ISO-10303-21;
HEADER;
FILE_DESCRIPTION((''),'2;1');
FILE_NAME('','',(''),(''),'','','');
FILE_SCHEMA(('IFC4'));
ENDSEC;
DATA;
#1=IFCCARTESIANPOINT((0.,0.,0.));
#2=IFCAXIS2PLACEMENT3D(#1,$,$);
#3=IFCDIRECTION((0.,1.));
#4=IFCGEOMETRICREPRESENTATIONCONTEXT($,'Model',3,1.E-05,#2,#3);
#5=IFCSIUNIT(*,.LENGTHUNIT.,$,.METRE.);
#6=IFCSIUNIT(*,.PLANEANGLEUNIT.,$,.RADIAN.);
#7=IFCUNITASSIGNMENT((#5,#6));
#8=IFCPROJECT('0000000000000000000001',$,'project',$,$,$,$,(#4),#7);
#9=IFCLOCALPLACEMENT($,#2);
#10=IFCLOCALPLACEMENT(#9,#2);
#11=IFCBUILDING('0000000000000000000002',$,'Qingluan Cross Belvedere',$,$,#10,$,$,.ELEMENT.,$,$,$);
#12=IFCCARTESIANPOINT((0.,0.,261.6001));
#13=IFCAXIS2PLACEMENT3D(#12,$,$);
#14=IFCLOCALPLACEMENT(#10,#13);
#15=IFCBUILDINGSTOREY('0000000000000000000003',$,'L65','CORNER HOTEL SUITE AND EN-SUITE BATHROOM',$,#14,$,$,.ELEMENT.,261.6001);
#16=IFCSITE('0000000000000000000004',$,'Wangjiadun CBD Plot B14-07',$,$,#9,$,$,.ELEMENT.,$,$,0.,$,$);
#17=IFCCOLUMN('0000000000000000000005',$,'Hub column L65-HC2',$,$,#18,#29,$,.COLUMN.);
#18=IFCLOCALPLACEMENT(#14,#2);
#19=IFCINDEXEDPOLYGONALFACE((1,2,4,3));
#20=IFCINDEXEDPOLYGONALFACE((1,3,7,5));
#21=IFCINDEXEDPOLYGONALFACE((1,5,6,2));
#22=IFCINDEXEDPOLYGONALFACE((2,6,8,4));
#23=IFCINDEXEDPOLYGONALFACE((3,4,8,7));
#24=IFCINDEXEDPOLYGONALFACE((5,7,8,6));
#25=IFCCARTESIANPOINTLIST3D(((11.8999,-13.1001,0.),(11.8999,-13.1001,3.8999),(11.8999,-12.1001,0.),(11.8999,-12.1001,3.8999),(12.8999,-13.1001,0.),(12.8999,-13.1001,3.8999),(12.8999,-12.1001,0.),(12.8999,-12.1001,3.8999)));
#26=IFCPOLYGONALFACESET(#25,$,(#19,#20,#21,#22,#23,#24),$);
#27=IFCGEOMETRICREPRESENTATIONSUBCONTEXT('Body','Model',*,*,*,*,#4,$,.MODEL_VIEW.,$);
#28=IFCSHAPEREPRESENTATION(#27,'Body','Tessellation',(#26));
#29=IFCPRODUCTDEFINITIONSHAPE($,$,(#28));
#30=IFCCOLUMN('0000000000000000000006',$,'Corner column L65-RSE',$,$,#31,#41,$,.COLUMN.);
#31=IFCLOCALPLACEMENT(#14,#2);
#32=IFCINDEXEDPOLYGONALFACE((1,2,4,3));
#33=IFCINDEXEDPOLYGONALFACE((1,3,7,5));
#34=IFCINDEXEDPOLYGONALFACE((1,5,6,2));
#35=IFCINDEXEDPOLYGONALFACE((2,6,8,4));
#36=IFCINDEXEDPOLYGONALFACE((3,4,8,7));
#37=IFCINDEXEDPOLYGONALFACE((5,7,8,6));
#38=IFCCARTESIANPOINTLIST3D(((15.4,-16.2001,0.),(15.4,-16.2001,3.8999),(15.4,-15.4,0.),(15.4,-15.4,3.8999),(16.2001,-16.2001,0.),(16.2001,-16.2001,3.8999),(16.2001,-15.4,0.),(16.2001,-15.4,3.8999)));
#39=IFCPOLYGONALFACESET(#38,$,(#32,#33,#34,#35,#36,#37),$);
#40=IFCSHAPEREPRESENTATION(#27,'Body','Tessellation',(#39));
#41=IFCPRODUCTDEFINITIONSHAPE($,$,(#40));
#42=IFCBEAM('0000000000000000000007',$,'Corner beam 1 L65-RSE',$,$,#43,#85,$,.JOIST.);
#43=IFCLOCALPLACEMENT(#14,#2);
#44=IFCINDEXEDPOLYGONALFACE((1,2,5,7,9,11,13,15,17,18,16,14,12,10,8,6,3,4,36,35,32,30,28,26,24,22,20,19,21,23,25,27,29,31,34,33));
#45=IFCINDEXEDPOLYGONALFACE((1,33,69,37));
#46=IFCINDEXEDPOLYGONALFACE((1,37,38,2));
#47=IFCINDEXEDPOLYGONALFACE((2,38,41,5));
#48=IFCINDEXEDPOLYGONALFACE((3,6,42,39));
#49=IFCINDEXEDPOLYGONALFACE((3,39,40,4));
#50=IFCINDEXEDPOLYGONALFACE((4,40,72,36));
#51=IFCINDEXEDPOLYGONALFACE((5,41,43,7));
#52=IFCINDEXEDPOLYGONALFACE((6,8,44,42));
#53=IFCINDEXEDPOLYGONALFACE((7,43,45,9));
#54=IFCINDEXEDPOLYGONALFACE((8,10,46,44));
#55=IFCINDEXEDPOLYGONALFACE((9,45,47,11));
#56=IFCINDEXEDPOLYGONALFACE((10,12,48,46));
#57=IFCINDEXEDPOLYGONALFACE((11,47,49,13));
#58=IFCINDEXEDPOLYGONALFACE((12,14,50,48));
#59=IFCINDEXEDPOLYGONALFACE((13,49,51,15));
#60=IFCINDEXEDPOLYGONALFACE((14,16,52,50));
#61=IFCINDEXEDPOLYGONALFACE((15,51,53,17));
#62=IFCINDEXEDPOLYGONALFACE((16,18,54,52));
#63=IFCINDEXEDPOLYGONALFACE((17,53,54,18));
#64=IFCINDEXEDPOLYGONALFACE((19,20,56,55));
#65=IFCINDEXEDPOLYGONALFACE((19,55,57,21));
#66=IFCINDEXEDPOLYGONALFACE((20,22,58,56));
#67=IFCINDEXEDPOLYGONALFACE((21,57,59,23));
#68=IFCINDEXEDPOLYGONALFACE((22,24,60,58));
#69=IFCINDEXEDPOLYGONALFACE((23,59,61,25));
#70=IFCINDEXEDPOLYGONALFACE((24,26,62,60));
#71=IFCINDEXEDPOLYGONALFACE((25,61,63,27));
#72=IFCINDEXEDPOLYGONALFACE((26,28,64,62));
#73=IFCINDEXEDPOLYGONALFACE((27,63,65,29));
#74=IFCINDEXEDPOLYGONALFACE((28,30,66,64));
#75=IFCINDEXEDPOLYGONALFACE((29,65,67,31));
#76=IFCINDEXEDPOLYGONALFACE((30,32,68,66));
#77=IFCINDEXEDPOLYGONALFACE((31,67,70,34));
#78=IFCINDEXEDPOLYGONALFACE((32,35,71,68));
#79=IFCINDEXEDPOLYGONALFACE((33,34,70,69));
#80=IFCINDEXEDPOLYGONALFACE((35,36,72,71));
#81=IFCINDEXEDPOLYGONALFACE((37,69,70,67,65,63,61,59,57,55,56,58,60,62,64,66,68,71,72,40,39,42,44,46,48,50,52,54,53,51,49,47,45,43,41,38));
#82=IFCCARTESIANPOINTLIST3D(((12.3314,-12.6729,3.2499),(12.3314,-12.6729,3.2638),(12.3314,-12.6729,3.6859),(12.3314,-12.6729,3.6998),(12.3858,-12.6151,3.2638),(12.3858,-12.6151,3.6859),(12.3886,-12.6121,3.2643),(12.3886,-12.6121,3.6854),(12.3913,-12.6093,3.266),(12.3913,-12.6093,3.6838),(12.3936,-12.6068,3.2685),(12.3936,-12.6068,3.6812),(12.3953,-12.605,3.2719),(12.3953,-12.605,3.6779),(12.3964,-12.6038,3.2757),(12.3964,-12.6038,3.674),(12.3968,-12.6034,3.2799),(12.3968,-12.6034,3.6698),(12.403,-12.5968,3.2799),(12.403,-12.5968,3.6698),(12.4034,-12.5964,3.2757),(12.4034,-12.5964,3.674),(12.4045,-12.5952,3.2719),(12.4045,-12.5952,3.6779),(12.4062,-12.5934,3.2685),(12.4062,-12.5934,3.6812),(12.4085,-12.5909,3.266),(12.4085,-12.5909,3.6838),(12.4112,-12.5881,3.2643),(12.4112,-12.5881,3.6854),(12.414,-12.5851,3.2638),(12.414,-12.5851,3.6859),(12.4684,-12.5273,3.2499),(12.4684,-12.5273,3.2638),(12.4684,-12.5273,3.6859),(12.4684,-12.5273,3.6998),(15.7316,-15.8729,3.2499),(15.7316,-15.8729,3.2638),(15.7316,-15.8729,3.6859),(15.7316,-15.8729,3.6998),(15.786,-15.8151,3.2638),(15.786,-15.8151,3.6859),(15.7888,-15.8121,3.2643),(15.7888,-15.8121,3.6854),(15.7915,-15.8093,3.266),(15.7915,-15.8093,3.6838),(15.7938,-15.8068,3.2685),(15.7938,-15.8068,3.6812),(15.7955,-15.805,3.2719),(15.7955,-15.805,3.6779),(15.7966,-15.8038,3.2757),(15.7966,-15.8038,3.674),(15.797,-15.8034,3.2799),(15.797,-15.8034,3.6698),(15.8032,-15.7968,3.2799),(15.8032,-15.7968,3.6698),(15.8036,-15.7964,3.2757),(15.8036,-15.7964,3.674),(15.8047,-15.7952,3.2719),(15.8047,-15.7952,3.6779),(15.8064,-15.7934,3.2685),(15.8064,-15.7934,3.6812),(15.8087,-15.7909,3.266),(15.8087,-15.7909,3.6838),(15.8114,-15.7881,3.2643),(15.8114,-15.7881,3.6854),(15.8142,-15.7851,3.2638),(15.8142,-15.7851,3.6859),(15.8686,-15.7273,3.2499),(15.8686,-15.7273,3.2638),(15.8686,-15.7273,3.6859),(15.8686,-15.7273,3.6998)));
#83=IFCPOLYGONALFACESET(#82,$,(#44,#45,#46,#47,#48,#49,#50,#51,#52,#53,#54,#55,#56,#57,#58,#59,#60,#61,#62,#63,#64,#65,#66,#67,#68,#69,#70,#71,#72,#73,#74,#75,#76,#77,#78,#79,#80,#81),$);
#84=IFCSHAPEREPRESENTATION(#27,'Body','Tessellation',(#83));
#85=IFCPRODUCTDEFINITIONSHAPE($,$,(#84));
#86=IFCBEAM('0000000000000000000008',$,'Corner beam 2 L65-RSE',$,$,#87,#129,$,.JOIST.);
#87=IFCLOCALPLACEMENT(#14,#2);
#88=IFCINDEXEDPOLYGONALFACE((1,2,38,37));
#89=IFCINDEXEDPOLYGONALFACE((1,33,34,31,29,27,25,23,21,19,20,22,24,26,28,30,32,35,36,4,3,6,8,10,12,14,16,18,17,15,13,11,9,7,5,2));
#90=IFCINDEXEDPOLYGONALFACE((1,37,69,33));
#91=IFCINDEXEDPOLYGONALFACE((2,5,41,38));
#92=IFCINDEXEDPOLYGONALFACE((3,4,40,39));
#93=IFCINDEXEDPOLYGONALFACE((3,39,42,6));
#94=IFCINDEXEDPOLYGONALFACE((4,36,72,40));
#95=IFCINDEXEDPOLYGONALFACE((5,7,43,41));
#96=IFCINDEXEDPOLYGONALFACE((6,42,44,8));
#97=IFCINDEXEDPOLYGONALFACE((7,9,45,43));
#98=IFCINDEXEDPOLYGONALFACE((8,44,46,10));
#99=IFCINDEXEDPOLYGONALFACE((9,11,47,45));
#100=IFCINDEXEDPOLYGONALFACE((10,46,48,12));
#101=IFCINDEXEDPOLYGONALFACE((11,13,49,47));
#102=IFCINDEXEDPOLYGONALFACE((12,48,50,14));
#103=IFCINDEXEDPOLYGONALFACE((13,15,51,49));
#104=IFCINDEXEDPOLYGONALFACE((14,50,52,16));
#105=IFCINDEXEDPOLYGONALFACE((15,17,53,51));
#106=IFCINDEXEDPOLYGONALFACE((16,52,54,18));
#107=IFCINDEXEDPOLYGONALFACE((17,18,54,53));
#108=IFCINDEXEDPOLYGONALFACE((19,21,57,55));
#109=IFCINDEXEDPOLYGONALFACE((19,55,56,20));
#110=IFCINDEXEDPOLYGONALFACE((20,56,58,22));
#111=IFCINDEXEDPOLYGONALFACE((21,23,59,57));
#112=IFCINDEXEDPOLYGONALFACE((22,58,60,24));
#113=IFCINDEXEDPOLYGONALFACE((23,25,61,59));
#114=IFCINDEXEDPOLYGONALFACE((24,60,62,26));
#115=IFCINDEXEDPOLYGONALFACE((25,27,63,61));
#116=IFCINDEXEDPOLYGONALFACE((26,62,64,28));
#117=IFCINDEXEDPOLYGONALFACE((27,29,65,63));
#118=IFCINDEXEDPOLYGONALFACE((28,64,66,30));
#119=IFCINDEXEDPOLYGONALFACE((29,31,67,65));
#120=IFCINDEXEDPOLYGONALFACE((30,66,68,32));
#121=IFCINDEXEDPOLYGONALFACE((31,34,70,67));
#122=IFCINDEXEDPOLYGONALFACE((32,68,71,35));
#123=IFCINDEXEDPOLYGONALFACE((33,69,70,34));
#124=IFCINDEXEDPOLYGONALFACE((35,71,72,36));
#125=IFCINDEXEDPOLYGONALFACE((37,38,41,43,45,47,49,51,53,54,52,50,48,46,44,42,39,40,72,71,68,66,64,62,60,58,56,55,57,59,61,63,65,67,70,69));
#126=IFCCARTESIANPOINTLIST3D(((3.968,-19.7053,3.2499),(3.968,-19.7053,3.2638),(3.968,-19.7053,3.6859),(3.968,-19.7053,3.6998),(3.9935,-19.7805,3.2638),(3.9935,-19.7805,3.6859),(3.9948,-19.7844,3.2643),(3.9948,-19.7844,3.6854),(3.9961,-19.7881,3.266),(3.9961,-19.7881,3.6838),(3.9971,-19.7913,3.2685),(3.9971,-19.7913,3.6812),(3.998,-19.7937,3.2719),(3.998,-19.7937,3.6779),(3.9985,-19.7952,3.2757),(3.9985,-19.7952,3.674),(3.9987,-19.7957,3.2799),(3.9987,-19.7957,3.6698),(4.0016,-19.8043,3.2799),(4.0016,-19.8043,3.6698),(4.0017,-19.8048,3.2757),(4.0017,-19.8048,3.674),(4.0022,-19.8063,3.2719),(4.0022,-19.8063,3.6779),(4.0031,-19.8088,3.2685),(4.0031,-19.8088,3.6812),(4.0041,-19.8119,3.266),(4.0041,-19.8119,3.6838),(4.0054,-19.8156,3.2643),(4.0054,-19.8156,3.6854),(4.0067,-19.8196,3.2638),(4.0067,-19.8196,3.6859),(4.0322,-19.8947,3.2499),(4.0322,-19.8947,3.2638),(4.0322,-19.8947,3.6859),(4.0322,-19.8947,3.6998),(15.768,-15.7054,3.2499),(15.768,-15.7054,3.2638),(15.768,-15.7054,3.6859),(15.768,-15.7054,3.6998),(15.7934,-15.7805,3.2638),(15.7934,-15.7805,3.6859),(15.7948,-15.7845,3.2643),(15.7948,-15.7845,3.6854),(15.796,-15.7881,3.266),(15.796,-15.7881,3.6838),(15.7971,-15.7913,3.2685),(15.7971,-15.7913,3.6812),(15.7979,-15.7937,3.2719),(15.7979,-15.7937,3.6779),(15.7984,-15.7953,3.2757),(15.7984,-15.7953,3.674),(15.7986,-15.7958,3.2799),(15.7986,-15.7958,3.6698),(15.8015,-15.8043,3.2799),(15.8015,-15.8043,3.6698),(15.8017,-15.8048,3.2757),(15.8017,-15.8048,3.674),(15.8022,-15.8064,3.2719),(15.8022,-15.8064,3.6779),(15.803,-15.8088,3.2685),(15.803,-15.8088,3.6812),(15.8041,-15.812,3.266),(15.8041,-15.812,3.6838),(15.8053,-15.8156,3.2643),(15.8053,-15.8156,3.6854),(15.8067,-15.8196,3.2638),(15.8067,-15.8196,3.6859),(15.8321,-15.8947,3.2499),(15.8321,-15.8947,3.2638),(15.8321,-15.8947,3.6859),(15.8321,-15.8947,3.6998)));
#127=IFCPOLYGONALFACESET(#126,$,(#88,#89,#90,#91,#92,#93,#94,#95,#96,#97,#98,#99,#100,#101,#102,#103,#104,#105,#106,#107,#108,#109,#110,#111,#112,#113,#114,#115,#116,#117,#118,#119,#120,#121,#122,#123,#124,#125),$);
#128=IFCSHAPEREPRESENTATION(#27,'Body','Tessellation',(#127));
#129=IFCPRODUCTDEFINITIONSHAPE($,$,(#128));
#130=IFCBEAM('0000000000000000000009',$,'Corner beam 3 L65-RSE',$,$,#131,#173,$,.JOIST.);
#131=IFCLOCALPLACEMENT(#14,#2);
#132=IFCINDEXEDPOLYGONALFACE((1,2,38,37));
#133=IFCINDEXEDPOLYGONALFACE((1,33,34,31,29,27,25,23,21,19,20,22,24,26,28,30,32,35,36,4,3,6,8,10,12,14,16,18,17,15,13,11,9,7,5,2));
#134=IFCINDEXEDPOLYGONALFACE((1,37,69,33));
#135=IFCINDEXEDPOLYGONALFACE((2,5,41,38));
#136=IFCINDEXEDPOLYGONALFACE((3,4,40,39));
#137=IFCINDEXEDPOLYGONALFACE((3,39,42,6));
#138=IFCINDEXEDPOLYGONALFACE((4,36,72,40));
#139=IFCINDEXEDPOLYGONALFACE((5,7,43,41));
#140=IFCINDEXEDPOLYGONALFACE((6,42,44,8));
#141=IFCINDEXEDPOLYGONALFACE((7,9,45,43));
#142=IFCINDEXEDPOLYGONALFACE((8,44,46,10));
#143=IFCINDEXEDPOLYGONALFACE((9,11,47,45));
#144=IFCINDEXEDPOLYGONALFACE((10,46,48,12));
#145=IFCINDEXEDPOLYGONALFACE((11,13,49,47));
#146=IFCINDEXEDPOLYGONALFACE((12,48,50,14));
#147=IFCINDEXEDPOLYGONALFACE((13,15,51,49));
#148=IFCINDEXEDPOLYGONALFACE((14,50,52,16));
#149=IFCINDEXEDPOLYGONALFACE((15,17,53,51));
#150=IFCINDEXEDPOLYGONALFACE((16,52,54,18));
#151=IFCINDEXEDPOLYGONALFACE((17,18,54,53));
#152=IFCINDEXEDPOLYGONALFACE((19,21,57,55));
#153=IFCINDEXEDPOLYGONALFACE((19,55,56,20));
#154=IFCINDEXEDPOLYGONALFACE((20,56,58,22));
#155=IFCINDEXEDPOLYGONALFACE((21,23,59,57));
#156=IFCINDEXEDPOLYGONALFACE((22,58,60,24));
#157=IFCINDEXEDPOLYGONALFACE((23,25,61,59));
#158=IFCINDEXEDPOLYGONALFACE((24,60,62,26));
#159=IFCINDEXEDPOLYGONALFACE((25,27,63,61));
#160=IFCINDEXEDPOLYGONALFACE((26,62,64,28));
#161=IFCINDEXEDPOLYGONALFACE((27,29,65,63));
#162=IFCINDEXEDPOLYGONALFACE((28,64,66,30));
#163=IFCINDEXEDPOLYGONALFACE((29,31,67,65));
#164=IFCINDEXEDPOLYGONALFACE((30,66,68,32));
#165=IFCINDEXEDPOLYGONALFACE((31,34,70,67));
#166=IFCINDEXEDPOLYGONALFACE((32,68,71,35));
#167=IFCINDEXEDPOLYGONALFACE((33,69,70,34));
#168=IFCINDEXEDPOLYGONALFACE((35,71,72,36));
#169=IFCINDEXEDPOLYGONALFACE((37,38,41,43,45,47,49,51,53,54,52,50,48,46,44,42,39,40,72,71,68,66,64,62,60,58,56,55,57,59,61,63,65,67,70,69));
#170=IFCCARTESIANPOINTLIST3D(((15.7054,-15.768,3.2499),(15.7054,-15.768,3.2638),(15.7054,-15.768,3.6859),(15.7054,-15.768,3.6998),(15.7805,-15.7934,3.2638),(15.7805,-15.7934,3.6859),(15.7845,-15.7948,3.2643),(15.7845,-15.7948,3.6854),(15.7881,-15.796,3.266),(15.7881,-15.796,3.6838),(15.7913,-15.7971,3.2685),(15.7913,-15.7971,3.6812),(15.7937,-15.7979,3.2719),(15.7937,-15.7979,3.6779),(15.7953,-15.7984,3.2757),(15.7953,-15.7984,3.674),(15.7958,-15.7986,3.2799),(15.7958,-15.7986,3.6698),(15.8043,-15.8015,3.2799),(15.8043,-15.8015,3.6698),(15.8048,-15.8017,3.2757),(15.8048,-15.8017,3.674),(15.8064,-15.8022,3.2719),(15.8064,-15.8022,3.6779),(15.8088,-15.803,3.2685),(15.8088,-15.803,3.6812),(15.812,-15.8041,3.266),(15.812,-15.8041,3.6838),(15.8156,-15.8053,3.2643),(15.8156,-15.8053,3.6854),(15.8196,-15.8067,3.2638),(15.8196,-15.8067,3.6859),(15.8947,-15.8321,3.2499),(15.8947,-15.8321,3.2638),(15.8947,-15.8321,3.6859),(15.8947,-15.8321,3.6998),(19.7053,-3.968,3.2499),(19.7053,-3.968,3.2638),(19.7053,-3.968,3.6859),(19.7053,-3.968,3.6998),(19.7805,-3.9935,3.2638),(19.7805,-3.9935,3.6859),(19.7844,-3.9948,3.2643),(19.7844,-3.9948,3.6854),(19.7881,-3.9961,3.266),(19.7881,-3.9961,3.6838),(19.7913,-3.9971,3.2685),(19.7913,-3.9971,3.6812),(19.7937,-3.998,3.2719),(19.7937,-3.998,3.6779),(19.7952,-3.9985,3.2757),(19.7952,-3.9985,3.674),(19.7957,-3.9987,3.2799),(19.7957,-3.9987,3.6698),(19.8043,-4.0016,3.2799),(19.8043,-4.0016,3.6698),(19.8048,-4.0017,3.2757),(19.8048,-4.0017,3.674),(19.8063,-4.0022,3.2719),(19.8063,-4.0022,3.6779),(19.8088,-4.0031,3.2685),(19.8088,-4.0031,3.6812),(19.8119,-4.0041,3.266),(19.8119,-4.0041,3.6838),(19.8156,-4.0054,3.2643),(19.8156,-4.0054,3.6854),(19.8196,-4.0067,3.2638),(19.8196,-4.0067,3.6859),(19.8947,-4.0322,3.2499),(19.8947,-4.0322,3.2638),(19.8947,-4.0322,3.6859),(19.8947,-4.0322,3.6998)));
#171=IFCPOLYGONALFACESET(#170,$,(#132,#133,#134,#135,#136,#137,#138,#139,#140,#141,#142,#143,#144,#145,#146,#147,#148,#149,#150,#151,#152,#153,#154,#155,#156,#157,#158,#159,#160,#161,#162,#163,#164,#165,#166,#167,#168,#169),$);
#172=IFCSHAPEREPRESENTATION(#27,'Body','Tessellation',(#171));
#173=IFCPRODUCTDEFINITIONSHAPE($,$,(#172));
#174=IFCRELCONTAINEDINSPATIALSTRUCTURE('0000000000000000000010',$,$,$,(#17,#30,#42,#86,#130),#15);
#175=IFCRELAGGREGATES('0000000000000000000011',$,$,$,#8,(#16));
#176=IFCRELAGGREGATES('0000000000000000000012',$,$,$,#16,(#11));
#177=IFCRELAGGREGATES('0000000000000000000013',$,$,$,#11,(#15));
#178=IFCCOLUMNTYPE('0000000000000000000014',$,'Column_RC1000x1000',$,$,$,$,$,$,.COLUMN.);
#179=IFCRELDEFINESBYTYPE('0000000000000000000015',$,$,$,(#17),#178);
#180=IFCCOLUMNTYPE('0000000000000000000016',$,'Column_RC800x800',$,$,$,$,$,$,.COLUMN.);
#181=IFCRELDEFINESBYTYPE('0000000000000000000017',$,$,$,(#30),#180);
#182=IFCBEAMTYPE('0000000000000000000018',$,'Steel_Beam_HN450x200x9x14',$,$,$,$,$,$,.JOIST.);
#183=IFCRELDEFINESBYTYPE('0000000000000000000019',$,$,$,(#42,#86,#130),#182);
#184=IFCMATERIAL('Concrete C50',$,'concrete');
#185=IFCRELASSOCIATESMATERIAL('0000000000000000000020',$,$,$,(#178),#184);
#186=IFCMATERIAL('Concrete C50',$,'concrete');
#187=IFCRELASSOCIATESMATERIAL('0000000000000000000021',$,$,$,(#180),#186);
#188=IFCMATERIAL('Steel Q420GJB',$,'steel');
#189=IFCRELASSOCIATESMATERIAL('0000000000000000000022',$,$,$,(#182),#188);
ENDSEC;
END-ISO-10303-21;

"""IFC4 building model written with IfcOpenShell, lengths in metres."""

from ifc_helpers import new_model, si_unit, direction, frame, origin, origin_2d, place, context, subcontext, project, spatial, rectangle, i_section, extrude, material, material_profile, profile_set, type_object, element, save


model = new_model("IFC4")

# Units and contexts
model_context = context("Model", 3, precision=1e-05, world=origin(), true_north=direction((0.0, 1.0)))
body_context = subcontext(model_context, "Body", "Model", "MODEL_VIEW")
ifc_project = project(units=[si_unit("LENGTHUNIT", "METRE"), si_unit("PLANEANGLEUNIT", "RADIAN")], contexts=[model_context])

# Site, building, storey
site_placement = place(None, origin())
site = spatial("IfcSite", under=ifc_project, at=site_placement, Name="Wangjiadun CBD Plot B14-07", CompositionType="ELEMENT", RefElevation=0.0)
building_placement = place(site_placement, origin())
building = spatial("IfcBuilding", under=site, at=building_placement, Name="Qingluan Cross Belvedere", CompositionType="ELEMENT")
storey_placement = place(building_placement, frame((0.0, 0.0, 261.6001)))
storey = spatial("IfcBuildingStorey", under=building, at=storey_placement, Name="L65", Description="CORNER HOTEL SUITE AND EN-SUITE BATHROOM", CompositionType="ELEMENT", Elevation=261.6001)

# Columns
ifc_material_1 = material(Name="Concrete C50", Category="concrete")
ifc_material_profile_1 = material_profile(ifc_material_1, rectangle(XDim=1.0, YDim=1.0, at=origin_2d()), Name="RC1000x1000")
ifc_profile_set_1 = profile_set([ifc_material_profile_1], Name="Concrete C50")
column_type_1 = type_object("IfcColumnType", Name="Column_RC1000x1000", PredefinedType="COLUMN", material=ifc_profile_set_1)
column_1_placement = place(storey_placement, frame((12.3999, -12.6001, 0.0), z_axis=(0.0, 0.0, 1.0), x_axis=(1.0, 0.0, 0.0)))
element("IfcColumn", 1, at=column_1_placement, inside=storey, type_object=column_type_1, Name="Hub column L65-HC2", PredefinedType="COLUMN", context=body_context, shape_type="SweptSolid", body=[
    extrude(rectangle(XDim=1.0, YDim=1.0, at=origin_2d()), origin(), (0.0, 0.0, 1.0), 3.8999),
])
ifc_material_2 = material(Name="Concrete C50", Category="concrete")
ifc_material_profile_2 = material_profile(ifc_material_2, rectangle(XDim=0.8, YDim=0.8, at=origin_2d()), Name="RC800x800")
ifc_profile_set_2 = profile_set([ifc_material_profile_2], Name="Concrete C50")
column_type_2 = type_object("IfcColumnType", Name="Column_RC800x800", PredefinedType="COLUMN", material=ifc_profile_set_2)
column_2_placement = place(storey_placement, frame((15.8, -15.8, 0.0), z_axis=(0.0, 0.0, 1.0), x_axis=(1.0, 0.0, 0.0)))
element("IfcColumn", 2, at=column_2_placement, inside=storey, type_object=column_type_2, Name="Corner column L65-RSE", PredefinedType="COLUMN", context=body_context, shape_type="SweptSolid", body=[
    extrude(rectangle(XDim=0.8, YDim=0.8, at=origin_2d()), origin(), (0.0, 0.0, 1.0), 3.8999),
])

# Beams
ifc_material_3 = material(Name="Steel Q420GJB", Category="steel")
ifc_material_profile_3 = material_profile(ifc_material_3, i_section(OverallWidth=0.2, OverallDepth=0.45, WebThickness=0.009, FlangeThickness=0.0139, FilletRadius=0.0161, at=origin_2d()), Name="HN450x200x9x14")
ifc_profile_set_3 = profile_set([ifc_material_profile_3], Name="Steel Q420GJB")
beam_type_1 = type_object("IfcBeamType", Name="Steel_Beam_HN450x200x9x14", PredefinedType="JOIST", material=ifc_profile_set_3)
beam_1_placement = place(storey_placement, frame((12.3999, -12.6001, 3.4749), z_axis=(0.72822, -0.685343, 0.0), x_axis=(0.685343, 0.72822, 0.0)))
element("IfcBeam", 3, at=beam_1_placement, inside=storey, type_object=beam_type_1, Name="Corner beam 1 L65-RSE", PredefinedType="JOIST", context=body_context, shape_type="SweptSolid", body=[
    extrude(i_section(OverallWidth=0.2, OverallDepth=0.45, WebThickness=0.009, FlangeThickness=0.0139, FilletRadius=0.0161, at=origin_2d()), origin(), (0.0, 0.0, 1.0), 4.6692),
])
for number, where, z_axis, x_axis, name in (
    (4, (15.8, -15.8, 3.4749), (-0.947066, -0.321038, 0.0), (0.321038, -0.947066, 0.0), "Corner beam 2 L65-RSE"),
    (5, (15.8, -15.8, 3.4749), (0.321038, 0.947066, 0.0), (-0.947066, 0.321038, 0.0), "Corner beam 3 L65-RSE"),
):
    element("IfcBeam", number, at=place(storey_placement, frame(where, z_axis=z_axis, x_axis=x_axis)), inside=storey, type_object=beam_type_1, Name=name, PredefinedType="JOIST", context=body_context, shape_type="SweptSolid", body=[
        extrude(i_section(OverallWidth=0.2, OverallDepth=0.45, WebThickness=0.009, FlangeThickness=0.0139, FilletRadius=0.0161, at=origin_2d()), origin(), (0.0, 0.0, 1.0), 12.4595),
    ])

save(model, "model.ifc")
